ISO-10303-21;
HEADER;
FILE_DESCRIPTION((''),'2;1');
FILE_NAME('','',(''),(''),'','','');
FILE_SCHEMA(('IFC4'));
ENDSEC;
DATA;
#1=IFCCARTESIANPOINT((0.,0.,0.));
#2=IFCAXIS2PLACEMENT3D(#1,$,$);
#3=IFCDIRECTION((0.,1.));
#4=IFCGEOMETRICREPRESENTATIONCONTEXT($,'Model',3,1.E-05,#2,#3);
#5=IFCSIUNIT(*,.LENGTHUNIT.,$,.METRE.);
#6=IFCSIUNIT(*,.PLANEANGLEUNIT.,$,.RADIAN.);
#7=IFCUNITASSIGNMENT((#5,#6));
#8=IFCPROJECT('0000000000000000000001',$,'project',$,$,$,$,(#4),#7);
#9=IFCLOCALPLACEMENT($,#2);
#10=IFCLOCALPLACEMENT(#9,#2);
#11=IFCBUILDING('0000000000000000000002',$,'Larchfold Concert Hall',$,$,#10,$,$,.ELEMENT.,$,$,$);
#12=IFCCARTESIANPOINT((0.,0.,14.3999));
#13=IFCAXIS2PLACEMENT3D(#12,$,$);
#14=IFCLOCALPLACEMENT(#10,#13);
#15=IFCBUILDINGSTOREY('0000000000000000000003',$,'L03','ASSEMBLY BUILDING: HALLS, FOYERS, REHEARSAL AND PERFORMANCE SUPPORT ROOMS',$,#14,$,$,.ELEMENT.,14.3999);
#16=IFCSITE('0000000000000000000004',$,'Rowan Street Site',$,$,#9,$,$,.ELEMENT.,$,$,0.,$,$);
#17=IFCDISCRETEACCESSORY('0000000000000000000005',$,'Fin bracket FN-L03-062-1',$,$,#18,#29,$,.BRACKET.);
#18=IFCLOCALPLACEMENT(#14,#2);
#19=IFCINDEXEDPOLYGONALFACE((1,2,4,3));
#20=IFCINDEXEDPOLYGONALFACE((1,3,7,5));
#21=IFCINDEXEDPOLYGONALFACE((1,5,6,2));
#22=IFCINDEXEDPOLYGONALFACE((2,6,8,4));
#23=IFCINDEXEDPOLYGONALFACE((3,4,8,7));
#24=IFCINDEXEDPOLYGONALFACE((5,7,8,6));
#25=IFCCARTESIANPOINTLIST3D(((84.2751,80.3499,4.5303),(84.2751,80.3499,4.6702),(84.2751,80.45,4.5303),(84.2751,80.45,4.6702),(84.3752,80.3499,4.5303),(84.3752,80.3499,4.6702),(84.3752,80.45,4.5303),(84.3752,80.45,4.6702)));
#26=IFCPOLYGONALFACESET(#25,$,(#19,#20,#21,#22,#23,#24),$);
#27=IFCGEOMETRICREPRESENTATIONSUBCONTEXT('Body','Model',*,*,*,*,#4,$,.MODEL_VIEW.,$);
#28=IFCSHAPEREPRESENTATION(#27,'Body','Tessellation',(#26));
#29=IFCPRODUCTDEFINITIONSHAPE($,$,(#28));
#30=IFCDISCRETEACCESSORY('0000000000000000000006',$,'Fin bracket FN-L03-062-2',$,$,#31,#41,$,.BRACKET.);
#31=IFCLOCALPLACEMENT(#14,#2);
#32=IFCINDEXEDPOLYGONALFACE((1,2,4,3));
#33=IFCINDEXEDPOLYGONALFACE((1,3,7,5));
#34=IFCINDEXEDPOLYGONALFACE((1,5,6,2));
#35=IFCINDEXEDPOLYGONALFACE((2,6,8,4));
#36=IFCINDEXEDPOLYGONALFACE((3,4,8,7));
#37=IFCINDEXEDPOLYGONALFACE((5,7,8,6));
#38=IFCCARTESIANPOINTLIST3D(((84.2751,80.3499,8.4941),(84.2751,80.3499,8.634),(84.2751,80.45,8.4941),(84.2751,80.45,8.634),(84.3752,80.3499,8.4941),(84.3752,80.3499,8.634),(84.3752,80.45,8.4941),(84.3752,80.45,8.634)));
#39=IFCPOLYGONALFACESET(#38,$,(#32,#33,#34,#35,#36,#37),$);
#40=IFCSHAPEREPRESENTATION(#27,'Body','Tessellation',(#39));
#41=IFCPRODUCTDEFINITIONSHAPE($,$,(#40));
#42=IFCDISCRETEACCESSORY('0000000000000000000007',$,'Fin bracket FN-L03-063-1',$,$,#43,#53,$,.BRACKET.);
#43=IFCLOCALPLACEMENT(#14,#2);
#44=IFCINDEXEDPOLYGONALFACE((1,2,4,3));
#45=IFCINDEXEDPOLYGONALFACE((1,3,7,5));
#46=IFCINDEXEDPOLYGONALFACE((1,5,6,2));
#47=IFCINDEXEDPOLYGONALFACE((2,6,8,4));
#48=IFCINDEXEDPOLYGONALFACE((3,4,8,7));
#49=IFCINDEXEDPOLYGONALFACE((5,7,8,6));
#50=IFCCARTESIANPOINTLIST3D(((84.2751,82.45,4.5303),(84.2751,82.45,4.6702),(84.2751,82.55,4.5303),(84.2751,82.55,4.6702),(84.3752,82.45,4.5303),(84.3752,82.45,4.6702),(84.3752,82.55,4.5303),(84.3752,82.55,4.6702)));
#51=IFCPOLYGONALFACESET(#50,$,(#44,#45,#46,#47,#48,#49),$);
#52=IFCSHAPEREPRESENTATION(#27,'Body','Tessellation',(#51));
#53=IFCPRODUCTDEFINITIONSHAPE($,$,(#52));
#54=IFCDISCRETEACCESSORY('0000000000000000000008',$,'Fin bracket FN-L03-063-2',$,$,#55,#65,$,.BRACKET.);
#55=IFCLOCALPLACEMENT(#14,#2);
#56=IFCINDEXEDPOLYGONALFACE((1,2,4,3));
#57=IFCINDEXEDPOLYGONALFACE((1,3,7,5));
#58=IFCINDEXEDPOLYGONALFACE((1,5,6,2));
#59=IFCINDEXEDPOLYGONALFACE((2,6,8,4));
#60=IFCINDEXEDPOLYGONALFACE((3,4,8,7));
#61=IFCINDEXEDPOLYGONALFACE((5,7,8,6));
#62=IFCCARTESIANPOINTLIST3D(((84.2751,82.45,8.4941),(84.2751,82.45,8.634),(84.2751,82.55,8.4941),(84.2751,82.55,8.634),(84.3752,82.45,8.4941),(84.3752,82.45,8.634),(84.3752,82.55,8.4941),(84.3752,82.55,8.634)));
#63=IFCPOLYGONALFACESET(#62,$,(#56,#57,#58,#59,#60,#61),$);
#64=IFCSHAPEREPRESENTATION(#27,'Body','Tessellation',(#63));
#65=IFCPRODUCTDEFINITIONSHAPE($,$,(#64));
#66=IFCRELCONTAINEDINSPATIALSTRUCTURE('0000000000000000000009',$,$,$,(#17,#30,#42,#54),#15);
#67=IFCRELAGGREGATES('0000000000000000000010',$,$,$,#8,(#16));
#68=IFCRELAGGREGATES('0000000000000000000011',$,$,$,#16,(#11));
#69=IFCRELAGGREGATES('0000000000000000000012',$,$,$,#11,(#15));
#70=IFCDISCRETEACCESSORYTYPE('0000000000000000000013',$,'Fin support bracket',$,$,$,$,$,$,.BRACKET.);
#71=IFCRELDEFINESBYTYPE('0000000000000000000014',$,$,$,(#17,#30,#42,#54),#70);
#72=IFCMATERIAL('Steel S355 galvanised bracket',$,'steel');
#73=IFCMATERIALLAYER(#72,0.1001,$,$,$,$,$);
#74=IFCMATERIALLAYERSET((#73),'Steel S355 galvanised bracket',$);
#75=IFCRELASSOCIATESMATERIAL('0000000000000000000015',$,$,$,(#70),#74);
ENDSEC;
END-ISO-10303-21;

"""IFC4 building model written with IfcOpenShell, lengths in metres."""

from ifc_helpers import new_model, si_unit, direction, frame, origin, origin_2d, place, context, subcontext, project, spatial, rectangle, extrude, material, layer, layer_set, type_object, element, save


model = new_model("IFC4")

# Units and contexts
model_context = context("Model", 3, precision=1e-05, world=origin(), true_north=direction((0.0, 1.0)))
body_context = subcontext(model_context, "Body", "Model", "MODEL_VIEW")
ifc_project = project(units=[si_unit("LENGTHUNIT", "METRE"), si_unit("PLANEANGLEUNIT", "RADIAN")], contexts=[model_context])

# Site, building, storey
site_placement = place(None, origin())
site = spatial("IfcSite", under=ifc_project, at=site_placement, Name="Rowan Street Site", CompositionType="ELEMENT", RefElevation=0.0)
building_placement = place(site_placement, origin())
building = spatial("IfcBuilding", under=site, at=building_placement, Name="Larchfold Concert Hall", CompositionType="ELEMENT")
storey_placement = place(building_placement, frame((0.0, 0.0, 14.3999)))
storey = spatial("IfcBuildingStorey", under=building, at=storey_placement, Name="L03", Description="ASSEMBLY BUILDING: HALLS, FOYERS, REHEARSAL AND PERFORMANCE SUPPORT ROOMS", CompositionType="ELEMENT", Elevation=14.3999)

# Discrete accessories
ifc_material_1 = material(Name="Steel S355 galvanised bracket", Category="steel")
ifc_layer_1 = layer(ifc_material_1, 0.1001)
ifc_layer_set_1 = layer_set([ifc_layer_1], Name="Steel S355 galvanised bracket")
discrete_accessory_type = type_object("IfcDiscreteAccessoryType", Name="Fin support bracket", PredefinedType="BRACKET", material=ifc_layer_set_1)
for number, where, z_axis, x_axis, name in (
    (1, (84.3252, 80.3999, 4.5303), (0.0, 0.0, 1.0), (-1.0, 0.0, 0.0), "Fin bracket FN-L03-062-1"),
    (2, (84.3252, 80.3999, 8.4941), (0.0, 0.0, 1.0), (-1.0, 0.0, 0.0), "Fin bracket FN-L03-062-2"),
    (3, (84.3252, 82.5, 4.5303), (0.0, 0.0, 1.0), (-1.0, 0.0, 0.0), "Fin bracket FN-L03-063-1"),
    (4, (84.3252, 82.5, 8.4941), (0.0, 0.0, 1.0), (-1.0, 0.0, 0.0), "Fin bracket FN-L03-063-2"),
):
    element("IfcDiscreteAccessory", number, at=place(storey_placement, frame(where, z_axis=z_axis, x_axis=x_axis)), inside=storey, type_object=discrete_accessory_type, Name=name, PredefinedType="BRACKET", context=body_context, shape_type="SweptSolid", body=[
        extrude(rectangle(XDim=0.1001, YDim=0.1001, at=origin_2d()), origin(), (0.0, 0.0, 1.0), 0.1399),
    ])

save(model, "model.ifc")
